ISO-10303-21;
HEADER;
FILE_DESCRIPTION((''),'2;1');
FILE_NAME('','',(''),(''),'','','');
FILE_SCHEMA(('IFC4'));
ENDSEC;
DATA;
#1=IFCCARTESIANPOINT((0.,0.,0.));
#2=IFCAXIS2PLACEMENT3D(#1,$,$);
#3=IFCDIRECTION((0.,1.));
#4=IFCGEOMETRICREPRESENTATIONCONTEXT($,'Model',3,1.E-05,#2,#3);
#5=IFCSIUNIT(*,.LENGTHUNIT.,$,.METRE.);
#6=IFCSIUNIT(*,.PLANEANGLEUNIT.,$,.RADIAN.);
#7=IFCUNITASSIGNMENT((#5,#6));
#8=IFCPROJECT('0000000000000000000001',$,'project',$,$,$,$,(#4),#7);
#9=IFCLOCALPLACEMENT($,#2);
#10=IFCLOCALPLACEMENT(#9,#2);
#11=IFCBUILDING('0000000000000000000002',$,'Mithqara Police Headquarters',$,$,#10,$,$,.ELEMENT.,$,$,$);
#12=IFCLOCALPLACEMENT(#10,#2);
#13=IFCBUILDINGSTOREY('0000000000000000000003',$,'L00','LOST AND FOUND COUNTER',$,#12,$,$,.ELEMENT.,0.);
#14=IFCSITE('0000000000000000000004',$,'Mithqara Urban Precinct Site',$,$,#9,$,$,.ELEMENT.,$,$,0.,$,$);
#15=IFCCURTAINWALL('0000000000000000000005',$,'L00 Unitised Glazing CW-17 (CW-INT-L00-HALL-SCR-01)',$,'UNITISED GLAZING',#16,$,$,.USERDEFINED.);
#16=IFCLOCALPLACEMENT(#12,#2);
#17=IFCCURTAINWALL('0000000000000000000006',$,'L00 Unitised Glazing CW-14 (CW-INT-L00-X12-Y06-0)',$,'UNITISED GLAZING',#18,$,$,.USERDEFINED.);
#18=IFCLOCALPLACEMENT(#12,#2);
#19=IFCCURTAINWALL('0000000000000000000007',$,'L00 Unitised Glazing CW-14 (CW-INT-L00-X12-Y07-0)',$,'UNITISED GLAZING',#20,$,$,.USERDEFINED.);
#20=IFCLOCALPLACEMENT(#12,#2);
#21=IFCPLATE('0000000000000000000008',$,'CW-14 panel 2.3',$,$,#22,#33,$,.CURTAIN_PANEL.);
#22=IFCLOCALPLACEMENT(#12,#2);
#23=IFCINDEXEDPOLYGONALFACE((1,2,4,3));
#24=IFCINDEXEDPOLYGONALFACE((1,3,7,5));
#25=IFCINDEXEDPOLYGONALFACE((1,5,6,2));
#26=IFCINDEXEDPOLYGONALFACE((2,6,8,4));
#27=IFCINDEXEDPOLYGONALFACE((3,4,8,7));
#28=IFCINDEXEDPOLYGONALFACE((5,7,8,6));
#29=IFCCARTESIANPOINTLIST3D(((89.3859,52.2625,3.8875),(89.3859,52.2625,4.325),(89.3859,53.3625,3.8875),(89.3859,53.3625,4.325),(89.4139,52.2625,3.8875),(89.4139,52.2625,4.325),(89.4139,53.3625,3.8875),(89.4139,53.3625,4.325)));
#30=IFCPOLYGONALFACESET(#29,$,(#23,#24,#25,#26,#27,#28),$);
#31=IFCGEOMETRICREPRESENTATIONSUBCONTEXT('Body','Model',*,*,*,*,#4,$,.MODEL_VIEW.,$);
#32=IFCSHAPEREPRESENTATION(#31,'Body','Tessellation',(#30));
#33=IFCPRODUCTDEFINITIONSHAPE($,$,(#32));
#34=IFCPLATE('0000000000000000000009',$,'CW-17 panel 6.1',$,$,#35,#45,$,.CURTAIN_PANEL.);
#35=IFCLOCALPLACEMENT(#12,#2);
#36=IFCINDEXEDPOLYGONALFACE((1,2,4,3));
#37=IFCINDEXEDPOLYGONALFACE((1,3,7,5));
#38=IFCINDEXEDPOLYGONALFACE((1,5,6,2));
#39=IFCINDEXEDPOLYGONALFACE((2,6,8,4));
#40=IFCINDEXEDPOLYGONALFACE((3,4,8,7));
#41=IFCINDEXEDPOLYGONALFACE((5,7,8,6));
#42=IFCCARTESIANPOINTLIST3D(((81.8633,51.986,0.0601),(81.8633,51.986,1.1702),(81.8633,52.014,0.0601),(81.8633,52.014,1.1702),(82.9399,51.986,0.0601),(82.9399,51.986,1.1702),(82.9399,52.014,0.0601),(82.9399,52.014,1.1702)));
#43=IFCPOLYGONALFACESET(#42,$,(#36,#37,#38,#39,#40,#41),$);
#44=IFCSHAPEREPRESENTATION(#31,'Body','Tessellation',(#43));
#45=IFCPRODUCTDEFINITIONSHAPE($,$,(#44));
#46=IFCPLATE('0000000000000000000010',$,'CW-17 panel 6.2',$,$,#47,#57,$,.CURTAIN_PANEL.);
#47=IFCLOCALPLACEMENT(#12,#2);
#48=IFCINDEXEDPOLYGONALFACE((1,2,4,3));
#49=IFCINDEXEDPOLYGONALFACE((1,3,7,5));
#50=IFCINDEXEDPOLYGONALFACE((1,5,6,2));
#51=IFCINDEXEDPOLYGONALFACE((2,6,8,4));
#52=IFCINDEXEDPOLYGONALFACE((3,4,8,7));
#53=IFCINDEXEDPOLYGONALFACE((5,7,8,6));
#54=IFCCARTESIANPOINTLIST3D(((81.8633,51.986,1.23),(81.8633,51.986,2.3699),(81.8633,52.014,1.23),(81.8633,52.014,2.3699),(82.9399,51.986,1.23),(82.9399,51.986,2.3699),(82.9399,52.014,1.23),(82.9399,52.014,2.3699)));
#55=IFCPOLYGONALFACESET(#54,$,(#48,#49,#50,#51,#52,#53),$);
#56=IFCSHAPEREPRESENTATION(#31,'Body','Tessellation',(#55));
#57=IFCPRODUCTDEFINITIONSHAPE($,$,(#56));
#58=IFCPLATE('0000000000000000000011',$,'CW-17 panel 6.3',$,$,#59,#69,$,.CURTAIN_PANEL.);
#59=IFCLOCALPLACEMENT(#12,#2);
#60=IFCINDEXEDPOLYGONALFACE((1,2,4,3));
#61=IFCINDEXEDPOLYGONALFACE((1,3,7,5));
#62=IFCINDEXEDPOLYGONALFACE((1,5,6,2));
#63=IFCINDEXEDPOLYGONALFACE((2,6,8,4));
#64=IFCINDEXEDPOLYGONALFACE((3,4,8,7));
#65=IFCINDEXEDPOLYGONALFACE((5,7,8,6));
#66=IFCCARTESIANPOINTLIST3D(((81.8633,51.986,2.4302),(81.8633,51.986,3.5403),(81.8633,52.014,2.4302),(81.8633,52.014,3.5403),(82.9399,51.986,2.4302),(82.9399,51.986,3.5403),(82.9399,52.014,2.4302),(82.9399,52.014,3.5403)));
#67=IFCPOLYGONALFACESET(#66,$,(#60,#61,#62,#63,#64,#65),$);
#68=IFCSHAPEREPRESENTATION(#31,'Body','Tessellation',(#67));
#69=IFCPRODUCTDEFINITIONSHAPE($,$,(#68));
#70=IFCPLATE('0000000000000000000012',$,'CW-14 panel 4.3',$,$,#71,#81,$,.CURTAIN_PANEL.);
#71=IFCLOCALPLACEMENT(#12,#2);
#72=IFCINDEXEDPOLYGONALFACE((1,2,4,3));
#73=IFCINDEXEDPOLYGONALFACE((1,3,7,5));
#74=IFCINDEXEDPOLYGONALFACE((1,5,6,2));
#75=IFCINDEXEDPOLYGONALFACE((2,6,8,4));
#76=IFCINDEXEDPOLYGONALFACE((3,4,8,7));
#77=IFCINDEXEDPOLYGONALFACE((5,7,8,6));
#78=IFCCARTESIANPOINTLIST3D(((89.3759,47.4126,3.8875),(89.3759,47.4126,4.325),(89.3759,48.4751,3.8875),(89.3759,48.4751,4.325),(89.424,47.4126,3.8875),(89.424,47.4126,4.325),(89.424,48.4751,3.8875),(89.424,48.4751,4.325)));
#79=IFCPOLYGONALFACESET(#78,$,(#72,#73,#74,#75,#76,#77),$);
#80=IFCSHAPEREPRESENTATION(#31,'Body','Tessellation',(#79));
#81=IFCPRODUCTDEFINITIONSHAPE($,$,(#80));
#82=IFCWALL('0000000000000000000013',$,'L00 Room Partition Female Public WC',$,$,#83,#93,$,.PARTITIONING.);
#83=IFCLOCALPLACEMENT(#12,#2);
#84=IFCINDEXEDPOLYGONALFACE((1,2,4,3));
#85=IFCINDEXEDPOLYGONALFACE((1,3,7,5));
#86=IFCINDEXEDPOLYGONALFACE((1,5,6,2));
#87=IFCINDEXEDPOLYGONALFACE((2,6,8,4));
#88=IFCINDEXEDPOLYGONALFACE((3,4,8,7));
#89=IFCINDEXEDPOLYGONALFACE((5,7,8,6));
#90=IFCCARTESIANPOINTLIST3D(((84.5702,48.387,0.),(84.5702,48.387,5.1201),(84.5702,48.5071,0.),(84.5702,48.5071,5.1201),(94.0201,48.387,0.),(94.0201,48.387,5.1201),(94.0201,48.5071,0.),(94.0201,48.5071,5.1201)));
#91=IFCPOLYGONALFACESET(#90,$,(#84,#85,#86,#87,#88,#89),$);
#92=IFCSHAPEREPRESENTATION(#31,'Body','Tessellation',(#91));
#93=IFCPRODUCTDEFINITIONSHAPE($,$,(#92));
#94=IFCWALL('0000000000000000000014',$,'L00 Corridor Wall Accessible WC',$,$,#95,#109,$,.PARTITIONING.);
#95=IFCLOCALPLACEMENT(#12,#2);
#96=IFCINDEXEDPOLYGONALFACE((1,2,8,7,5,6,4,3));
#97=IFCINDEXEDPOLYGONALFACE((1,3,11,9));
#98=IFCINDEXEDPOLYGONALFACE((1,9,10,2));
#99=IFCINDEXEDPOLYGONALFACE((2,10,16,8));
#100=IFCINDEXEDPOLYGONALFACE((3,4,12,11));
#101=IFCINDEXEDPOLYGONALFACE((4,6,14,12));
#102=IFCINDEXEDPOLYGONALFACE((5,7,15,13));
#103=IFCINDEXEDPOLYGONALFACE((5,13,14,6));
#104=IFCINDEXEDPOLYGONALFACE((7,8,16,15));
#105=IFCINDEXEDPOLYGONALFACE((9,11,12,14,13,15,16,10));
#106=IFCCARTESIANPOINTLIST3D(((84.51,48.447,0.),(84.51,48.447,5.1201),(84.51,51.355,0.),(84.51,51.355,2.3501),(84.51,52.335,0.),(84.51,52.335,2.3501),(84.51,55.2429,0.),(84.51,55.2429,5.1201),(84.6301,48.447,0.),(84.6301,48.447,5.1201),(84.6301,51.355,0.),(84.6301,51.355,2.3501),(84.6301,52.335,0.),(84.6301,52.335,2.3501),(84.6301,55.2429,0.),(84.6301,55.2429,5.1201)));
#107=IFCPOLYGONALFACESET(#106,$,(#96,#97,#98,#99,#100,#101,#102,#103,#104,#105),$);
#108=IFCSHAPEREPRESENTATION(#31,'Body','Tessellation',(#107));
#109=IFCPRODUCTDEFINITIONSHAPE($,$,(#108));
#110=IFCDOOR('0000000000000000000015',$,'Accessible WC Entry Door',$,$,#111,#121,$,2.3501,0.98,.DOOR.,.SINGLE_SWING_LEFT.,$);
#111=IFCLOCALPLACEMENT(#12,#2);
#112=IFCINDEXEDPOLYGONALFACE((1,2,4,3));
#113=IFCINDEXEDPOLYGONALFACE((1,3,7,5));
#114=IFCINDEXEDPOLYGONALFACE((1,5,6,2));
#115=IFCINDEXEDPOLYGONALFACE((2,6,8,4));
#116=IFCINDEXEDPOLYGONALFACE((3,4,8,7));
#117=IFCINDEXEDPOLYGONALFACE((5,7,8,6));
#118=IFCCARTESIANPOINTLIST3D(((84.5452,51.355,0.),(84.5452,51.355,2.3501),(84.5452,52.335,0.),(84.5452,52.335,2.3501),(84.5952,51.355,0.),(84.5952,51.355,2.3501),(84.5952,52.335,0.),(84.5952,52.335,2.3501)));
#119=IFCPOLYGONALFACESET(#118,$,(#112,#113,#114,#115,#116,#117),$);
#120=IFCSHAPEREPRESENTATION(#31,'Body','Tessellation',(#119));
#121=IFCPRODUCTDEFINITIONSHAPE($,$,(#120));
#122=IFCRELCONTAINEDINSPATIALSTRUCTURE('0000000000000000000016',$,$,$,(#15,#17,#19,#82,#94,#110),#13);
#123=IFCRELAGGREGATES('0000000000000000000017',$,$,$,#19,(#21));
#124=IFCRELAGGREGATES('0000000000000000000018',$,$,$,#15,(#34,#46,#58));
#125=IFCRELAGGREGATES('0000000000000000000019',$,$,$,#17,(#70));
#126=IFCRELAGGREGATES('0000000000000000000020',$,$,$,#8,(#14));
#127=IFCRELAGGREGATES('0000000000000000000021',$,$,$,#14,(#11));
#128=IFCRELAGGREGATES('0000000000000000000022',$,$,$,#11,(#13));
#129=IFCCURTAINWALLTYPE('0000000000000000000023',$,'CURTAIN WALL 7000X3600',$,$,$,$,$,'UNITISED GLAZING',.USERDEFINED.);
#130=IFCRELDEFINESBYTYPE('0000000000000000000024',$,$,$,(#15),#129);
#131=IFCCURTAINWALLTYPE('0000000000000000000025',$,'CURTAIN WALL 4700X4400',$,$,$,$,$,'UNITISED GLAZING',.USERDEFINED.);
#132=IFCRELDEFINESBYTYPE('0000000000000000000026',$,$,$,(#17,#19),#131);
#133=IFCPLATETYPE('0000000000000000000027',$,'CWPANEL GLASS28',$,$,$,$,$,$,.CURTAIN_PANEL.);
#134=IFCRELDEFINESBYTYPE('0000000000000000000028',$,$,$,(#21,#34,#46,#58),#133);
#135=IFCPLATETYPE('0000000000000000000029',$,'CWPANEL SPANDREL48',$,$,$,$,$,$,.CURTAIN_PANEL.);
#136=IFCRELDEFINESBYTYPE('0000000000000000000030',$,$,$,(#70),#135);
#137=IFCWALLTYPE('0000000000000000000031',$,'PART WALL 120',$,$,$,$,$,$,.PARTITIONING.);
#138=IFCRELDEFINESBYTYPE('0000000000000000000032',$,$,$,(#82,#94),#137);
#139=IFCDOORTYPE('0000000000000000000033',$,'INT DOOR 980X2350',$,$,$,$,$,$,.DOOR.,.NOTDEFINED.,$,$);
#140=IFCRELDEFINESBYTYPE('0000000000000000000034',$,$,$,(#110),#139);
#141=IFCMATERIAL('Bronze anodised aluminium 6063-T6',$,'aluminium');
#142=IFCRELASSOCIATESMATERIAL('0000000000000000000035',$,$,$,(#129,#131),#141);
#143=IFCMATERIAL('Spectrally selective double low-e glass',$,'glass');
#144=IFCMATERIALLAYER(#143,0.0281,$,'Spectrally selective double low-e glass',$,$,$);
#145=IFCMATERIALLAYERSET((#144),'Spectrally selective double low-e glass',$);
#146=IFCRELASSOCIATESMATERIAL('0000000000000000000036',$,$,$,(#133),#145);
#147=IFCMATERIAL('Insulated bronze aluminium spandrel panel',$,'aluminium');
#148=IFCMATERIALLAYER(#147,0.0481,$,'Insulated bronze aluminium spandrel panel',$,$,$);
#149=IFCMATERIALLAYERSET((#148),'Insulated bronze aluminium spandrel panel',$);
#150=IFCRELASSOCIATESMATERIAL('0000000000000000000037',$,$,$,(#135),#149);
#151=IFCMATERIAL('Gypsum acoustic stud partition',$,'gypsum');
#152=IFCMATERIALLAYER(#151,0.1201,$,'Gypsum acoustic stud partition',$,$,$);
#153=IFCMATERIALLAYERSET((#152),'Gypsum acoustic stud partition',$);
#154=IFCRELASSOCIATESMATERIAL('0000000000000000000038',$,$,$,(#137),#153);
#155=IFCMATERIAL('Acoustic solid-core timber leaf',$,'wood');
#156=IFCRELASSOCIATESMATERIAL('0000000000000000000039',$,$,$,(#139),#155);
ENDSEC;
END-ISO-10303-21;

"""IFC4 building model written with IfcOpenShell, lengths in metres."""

from ifc_helpers import new_model, si_unit, direction, frame, frame_2d, origin, origin_2d, place, context, subcontext, project, spatial, rectangle, extrude, material, layer, layer_set, type_object, element, fill, aggregate, save


model = new_model("IFC4")

# Units and contexts
model_context = context("Model", 3, precision=1e-05, world=origin(), true_north=direction((0.0, 1.0)))
body_context = subcontext(model_context, "Body", "Model", "MODEL_VIEW")
ifc_project = project(units=[si_unit("LENGTHUNIT", "METRE"), si_unit("PLANEANGLEUNIT", "RADIAN")], contexts=[model_context])

# Site, building, storey
site_placement = place(None, origin())
site = spatial("IfcSite", under=ifc_project, at=site_placement, Name="Mithqara Urban Precinct Site", CompositionType="ELEMENT", RefElevation=0.0)
building_placement = place(site_placement, origin())
building = spatial("IfcBuilding", under=site, at=building_placement, Name="Mithqara Police Headquarters", CompositionType="ELEMENT")
storey_placement = place(building_placement, origin())
storey = spatial("IfcBuildingStorey", under=building, at=storey_placement, Name="L00", Description="LOST AND FOUND COUNTER", CompositionType="ELEMENT", Elevation=0.0)

# Curtain walls
ifc_material_1 = material(Name="Bronze anodised aluminium 6063-T6", Category="aluminium")
curtain_wall_type_1 = type_object("IfcCurtainWallType", Name="CURTAIN WALL 7000X3600", ElementType="UNITISED GLAZING", PredefinedType="USERDEFINED", material=ifc_material_1)
curtain_wall_1_placement = place(storey_placement, origin())
curtain_wall_1 = element("IfcCurtainWall", 1, at=curtain_wall_1_placement, inside=storey, type_object=curtain_wall_type_1, Name="L00 Unitised Glazing CW-17 (CW-INT-L00-HALL-SCR-01)", ObjectType="UNITISED GLAZING", PredefinedType="USERDEFINED")
curtain_wall_type_2 = type_object("IfcCurtainWallType", Name="CURTAIN WALL 4700X4400", ElementType="UNITISED GLAZING", PredefinedType="USERDEFINED", material=ifc_material_1)
curtain_wall_2_placement = place(storey_placement, origin())
curtain_wall_2 = element("IfcCurtainWall", 2, at=curtain_wall_2_placement, inside=storey, type_object=curtain_wall_type_2, Name="L00 Unitised Glazing CW-14 (CW-INT-L00-X12-Y06-0)", ObjectType="UNITISED GLAZING", PredefinedType="USERDEFINED")

# Curtain wall
curtain_wall_3_placement = place(storey_placement, origin())
curtain_wall_3 = element("IfcCurtainWall", 3, at=curtain_wall_3_placement, inside=storey, type_object=curtain_wall_type_2, Name="L00 Unitised Glazing CW-14 (CW-INT-L00-X12-Y07-0)", ObjectType="UNITISED GLAZING", PredefinedType="USERDEFINED")

# Plates
ifc_material_2 = material(Name="Spectrally selective double low-e glass", Category="glass")
ifc_layer_1 = layer(ifc_material_2, 0.0281, Name="Spectrally selective double low-e glass")
ifc_layer_set_1 = layer_set([ifc_layer_1], Name="Spectrally selective double low-e glass")
plate_type_1 = type_object("IfcPlateType", Name="CWPANEL GLASS28", PredefinedType="CURTAIN_PANEL", material=ifc_layer_set_1)
plate_1_placement = place(storey_placement, frame((89.3999, 52.8125, 3.8875), z_axis=(0.0, 0.0, 1.0), x_axis=(0.0, 1.0, 0.0)))
plate_1 = element("IfcPlate", 4, at=plate_1_placement, type_object=plate_type_1, Name="CW-14 panel 2.3", PredefinedType="CURTAIN_PANEL", context=body_context, shape_type="SweptSolid", body=[
    extrude(rectangle(XDim=1.1001, YDim=0.0281, at=origin_2d()), origin(), (0.0, 0.0, 1.0), 0.4375),
])
aggregate(curtain_wall_3, [plate_1])
plate_2_placement = place(storey_placement, frame((82.4016, 52.0, 0.0601), z_axis=(0.0, 0.0, 1.0), x_axis=(1.0, 0.0, 0.0)))
plate_2 = element("IfcPlate", 5, at=plate_2_placement, type_object=plate_type_1, Name="CW-17 panel 6.1", PredefinedType="CURTAIN_PANEL", context=body_context, shape_type="SweptSolid", body=[
    extrude(rectangle(XDim=1.0767, YDim=0.0281, at=origin_2d()), origin(), (0.0, 0.0, 1.0), 1.1101),
])
plate_3_placement = place(storey_placement, frame((82.4016, 52.0, 1.23), z_axis=(0.0, 0.0, 1.0), x_axis=(1.0, 0.0, 0.0)))
plate_3 = element("IfcPlate", 6, at=plate_3_placement, type_object=plate_type_1, Name="CW-17 panel 6.2", PredefinedType="CURTAIN_PANEL", context=body_context, shape_type="SweptSolid", body=[
    extrude(rectangle(XDim=1.0767, YDim=0.0281, at=origin_2d()), origin(), (0.0, 0.0, 1.0), 1.1399),
])
plate_4_placement = place(storey_placement, frame((82.4016, 52.0, 2.4302), z_axis=(0.0, 0.0, 1.0), x_axis=(1.0, 0.0, 0.0)))
plate_4 = element("IfcPlate", 7, at=plate_4_placement, type_object=plate_type_1, Name="CW-17 panel 6.3", PredefinedType="CURTAIN_PANEL", context=body_context, shape_type="SweptSolid", body=[
    extrude(rectangle(XDim=1.0767, YDim=0.0281, at=origin_2d()), origin(), (0.0, 0.0, 1.0), 1.1101),
])
aggregate(curtain_wall_1, [plate_2, plate_3, plate_4])
ifc_material_3 = material(Name="Insulated bronze aluminium spandrel panel", Category="aluminium")
ifc_layer_2 = layer(ifc_material_3, 0.0481, Name="Insulated bronze aluminium spandrel panel")
ifc_layer_set_2 = layer_set([ifc_layer_2], Name="Insulated bronze aluminium spandrel panel")
plate_type_2 = type_object("IfcPlateType", Name="CWPANEL SPANDREL48", PredefinedType="CURTAIN_PANEL", material=ifc_layer_set_2)
plate_5_placement = place(storey_placement, frame((89.3999, 47.9438, 3.8875), z_axis=(0.0, 0.0, 1.0), x_axis=(0.0, 1.0, 0.0)))
plate_5 = element("IfcPlate", 8, at=plate_5_placement, type_object=plate_type_2, Name="CW-14 panel 4.3", PredefinedType="CURTAIN_PANEL", context=body_context, shape_type="SweptSolid", body=[
    extrude(rectangle(XDim=1.0625, YDim=0.0481, at=origin_2d()), origin(), (0.0, 0.0, 1.0), 0.4375),
])
aggregate(curtain_wall_2, [plate_5])

# Wall
ifc_material_4 = material(Name="Gypsum acoustic stud partition", Category="gypsum")
ifc_layer_3 = layer(ifc_material_4, 0.1201, Name="Gypsum acoustic stud partition")
ifc_layer_set_3 = layer_set([ifc_layer_3], Name="Gypsum acoustic stud partition")
wall_type = type_object("IfcWallType", Name="PART WALL 120", PredefinedType="PARTITIONING", material=ifc_layer_set_3)
wall_1_placement = place(storey_placement, frame((84.5701, 48.447, 0.0), z_axis=(0.0, 0.0, 1.0), x_axis=(1.0, 0.0, 0.0)))
element("IfcWall", 9, at=wall_1_placement, inside=storey, type_object=wall_type, Name="L00 Room Partition Female Public WC", PredefinedType="PARTITIONING", context=body_context, shape_type="SweptSolid", body=[
    extrude(rectangle(XDim=9.45, YDim=0.1201, at=frame_2d((4.7251, 0.0))), origin(), (0.0, 0.0, 1.0), 5.1201),
])

# Wall, opening, door
wall_2_placement = place(storey_placement, frame((84.5701, 48.447, 0.0), z_axis=(0.0, 0.0, 1.0), x_axis=(0.0, 1.0, 0.0)))
wall_2 = element("IfcWall", 10, at=wall_2_placement, inside=storey, type_object=wall_type, Name="L00 Corridor Wall Accessible WC", PredefinedType="PARTITIONING", context=body_context, shape_type="SweptSolid", body=[
    extrude(rectangle(XDim=6.7959, YDim=0.1201, at=frame_2d((3.3979, 0.0))), origin(), (0.0, 0.0, 1.0), 5.1201),
])
opening_placement = place(wall_2_placement, frame((2.908, 0.0, 0.0)))
opening = element("IfcOpeningElement", 11, at=opening_placement, cuts=wall_2, PredefinedType="OPENING", context=body_context, shape_type="SweptSolid", body=[
    extrude(rectangle(XDim=0.98, YDim=2.3501, at=frame_2d((0.49, 1.175))), frame((0.0, 0.0701, 0.0), z_axis=(0.0, -1.0, 0.0), x_axis=(1.0, 0.0, 0.0)), (0.0, 0.0, 1.0), 0.1401),
])
ifc_material_5 = material(Name="Acoustic solid-core timber leaf", Category="wood")
door_type = type_object("IfcDoorType", Name="INT DOOR 980X2350", OperationType="NOTDEFINED", PredefinedType="DOOR", material=ifc_material_5)
door_placement = place(opening_placement, origin())
door = element("IfcDoor", 12, at=door_placement, inside=storey, type_object=door_type, Name="Accessible WC Entry Door", OperationType="SINGLE_SWING_LEFT", OverallHeight=2.3501, OverallWidth=0.98, PredefinedType="DOOR", context=body_context, shape_type="SweptSolid", body=[
    extrude(rectangle(XDim=0.98, YDim=2.3501, at=frame_2d((0.49, 1.175))), frame((0.0, 0.0249, 0.0), z_axis=(0.0, -1.0, 0.0), x_axis=(1.0, 0.0, 0.0)), (0.0, 0.0, 1.0), 0.05),
])
fill(opening, door)

save(model, "model.ifc")
